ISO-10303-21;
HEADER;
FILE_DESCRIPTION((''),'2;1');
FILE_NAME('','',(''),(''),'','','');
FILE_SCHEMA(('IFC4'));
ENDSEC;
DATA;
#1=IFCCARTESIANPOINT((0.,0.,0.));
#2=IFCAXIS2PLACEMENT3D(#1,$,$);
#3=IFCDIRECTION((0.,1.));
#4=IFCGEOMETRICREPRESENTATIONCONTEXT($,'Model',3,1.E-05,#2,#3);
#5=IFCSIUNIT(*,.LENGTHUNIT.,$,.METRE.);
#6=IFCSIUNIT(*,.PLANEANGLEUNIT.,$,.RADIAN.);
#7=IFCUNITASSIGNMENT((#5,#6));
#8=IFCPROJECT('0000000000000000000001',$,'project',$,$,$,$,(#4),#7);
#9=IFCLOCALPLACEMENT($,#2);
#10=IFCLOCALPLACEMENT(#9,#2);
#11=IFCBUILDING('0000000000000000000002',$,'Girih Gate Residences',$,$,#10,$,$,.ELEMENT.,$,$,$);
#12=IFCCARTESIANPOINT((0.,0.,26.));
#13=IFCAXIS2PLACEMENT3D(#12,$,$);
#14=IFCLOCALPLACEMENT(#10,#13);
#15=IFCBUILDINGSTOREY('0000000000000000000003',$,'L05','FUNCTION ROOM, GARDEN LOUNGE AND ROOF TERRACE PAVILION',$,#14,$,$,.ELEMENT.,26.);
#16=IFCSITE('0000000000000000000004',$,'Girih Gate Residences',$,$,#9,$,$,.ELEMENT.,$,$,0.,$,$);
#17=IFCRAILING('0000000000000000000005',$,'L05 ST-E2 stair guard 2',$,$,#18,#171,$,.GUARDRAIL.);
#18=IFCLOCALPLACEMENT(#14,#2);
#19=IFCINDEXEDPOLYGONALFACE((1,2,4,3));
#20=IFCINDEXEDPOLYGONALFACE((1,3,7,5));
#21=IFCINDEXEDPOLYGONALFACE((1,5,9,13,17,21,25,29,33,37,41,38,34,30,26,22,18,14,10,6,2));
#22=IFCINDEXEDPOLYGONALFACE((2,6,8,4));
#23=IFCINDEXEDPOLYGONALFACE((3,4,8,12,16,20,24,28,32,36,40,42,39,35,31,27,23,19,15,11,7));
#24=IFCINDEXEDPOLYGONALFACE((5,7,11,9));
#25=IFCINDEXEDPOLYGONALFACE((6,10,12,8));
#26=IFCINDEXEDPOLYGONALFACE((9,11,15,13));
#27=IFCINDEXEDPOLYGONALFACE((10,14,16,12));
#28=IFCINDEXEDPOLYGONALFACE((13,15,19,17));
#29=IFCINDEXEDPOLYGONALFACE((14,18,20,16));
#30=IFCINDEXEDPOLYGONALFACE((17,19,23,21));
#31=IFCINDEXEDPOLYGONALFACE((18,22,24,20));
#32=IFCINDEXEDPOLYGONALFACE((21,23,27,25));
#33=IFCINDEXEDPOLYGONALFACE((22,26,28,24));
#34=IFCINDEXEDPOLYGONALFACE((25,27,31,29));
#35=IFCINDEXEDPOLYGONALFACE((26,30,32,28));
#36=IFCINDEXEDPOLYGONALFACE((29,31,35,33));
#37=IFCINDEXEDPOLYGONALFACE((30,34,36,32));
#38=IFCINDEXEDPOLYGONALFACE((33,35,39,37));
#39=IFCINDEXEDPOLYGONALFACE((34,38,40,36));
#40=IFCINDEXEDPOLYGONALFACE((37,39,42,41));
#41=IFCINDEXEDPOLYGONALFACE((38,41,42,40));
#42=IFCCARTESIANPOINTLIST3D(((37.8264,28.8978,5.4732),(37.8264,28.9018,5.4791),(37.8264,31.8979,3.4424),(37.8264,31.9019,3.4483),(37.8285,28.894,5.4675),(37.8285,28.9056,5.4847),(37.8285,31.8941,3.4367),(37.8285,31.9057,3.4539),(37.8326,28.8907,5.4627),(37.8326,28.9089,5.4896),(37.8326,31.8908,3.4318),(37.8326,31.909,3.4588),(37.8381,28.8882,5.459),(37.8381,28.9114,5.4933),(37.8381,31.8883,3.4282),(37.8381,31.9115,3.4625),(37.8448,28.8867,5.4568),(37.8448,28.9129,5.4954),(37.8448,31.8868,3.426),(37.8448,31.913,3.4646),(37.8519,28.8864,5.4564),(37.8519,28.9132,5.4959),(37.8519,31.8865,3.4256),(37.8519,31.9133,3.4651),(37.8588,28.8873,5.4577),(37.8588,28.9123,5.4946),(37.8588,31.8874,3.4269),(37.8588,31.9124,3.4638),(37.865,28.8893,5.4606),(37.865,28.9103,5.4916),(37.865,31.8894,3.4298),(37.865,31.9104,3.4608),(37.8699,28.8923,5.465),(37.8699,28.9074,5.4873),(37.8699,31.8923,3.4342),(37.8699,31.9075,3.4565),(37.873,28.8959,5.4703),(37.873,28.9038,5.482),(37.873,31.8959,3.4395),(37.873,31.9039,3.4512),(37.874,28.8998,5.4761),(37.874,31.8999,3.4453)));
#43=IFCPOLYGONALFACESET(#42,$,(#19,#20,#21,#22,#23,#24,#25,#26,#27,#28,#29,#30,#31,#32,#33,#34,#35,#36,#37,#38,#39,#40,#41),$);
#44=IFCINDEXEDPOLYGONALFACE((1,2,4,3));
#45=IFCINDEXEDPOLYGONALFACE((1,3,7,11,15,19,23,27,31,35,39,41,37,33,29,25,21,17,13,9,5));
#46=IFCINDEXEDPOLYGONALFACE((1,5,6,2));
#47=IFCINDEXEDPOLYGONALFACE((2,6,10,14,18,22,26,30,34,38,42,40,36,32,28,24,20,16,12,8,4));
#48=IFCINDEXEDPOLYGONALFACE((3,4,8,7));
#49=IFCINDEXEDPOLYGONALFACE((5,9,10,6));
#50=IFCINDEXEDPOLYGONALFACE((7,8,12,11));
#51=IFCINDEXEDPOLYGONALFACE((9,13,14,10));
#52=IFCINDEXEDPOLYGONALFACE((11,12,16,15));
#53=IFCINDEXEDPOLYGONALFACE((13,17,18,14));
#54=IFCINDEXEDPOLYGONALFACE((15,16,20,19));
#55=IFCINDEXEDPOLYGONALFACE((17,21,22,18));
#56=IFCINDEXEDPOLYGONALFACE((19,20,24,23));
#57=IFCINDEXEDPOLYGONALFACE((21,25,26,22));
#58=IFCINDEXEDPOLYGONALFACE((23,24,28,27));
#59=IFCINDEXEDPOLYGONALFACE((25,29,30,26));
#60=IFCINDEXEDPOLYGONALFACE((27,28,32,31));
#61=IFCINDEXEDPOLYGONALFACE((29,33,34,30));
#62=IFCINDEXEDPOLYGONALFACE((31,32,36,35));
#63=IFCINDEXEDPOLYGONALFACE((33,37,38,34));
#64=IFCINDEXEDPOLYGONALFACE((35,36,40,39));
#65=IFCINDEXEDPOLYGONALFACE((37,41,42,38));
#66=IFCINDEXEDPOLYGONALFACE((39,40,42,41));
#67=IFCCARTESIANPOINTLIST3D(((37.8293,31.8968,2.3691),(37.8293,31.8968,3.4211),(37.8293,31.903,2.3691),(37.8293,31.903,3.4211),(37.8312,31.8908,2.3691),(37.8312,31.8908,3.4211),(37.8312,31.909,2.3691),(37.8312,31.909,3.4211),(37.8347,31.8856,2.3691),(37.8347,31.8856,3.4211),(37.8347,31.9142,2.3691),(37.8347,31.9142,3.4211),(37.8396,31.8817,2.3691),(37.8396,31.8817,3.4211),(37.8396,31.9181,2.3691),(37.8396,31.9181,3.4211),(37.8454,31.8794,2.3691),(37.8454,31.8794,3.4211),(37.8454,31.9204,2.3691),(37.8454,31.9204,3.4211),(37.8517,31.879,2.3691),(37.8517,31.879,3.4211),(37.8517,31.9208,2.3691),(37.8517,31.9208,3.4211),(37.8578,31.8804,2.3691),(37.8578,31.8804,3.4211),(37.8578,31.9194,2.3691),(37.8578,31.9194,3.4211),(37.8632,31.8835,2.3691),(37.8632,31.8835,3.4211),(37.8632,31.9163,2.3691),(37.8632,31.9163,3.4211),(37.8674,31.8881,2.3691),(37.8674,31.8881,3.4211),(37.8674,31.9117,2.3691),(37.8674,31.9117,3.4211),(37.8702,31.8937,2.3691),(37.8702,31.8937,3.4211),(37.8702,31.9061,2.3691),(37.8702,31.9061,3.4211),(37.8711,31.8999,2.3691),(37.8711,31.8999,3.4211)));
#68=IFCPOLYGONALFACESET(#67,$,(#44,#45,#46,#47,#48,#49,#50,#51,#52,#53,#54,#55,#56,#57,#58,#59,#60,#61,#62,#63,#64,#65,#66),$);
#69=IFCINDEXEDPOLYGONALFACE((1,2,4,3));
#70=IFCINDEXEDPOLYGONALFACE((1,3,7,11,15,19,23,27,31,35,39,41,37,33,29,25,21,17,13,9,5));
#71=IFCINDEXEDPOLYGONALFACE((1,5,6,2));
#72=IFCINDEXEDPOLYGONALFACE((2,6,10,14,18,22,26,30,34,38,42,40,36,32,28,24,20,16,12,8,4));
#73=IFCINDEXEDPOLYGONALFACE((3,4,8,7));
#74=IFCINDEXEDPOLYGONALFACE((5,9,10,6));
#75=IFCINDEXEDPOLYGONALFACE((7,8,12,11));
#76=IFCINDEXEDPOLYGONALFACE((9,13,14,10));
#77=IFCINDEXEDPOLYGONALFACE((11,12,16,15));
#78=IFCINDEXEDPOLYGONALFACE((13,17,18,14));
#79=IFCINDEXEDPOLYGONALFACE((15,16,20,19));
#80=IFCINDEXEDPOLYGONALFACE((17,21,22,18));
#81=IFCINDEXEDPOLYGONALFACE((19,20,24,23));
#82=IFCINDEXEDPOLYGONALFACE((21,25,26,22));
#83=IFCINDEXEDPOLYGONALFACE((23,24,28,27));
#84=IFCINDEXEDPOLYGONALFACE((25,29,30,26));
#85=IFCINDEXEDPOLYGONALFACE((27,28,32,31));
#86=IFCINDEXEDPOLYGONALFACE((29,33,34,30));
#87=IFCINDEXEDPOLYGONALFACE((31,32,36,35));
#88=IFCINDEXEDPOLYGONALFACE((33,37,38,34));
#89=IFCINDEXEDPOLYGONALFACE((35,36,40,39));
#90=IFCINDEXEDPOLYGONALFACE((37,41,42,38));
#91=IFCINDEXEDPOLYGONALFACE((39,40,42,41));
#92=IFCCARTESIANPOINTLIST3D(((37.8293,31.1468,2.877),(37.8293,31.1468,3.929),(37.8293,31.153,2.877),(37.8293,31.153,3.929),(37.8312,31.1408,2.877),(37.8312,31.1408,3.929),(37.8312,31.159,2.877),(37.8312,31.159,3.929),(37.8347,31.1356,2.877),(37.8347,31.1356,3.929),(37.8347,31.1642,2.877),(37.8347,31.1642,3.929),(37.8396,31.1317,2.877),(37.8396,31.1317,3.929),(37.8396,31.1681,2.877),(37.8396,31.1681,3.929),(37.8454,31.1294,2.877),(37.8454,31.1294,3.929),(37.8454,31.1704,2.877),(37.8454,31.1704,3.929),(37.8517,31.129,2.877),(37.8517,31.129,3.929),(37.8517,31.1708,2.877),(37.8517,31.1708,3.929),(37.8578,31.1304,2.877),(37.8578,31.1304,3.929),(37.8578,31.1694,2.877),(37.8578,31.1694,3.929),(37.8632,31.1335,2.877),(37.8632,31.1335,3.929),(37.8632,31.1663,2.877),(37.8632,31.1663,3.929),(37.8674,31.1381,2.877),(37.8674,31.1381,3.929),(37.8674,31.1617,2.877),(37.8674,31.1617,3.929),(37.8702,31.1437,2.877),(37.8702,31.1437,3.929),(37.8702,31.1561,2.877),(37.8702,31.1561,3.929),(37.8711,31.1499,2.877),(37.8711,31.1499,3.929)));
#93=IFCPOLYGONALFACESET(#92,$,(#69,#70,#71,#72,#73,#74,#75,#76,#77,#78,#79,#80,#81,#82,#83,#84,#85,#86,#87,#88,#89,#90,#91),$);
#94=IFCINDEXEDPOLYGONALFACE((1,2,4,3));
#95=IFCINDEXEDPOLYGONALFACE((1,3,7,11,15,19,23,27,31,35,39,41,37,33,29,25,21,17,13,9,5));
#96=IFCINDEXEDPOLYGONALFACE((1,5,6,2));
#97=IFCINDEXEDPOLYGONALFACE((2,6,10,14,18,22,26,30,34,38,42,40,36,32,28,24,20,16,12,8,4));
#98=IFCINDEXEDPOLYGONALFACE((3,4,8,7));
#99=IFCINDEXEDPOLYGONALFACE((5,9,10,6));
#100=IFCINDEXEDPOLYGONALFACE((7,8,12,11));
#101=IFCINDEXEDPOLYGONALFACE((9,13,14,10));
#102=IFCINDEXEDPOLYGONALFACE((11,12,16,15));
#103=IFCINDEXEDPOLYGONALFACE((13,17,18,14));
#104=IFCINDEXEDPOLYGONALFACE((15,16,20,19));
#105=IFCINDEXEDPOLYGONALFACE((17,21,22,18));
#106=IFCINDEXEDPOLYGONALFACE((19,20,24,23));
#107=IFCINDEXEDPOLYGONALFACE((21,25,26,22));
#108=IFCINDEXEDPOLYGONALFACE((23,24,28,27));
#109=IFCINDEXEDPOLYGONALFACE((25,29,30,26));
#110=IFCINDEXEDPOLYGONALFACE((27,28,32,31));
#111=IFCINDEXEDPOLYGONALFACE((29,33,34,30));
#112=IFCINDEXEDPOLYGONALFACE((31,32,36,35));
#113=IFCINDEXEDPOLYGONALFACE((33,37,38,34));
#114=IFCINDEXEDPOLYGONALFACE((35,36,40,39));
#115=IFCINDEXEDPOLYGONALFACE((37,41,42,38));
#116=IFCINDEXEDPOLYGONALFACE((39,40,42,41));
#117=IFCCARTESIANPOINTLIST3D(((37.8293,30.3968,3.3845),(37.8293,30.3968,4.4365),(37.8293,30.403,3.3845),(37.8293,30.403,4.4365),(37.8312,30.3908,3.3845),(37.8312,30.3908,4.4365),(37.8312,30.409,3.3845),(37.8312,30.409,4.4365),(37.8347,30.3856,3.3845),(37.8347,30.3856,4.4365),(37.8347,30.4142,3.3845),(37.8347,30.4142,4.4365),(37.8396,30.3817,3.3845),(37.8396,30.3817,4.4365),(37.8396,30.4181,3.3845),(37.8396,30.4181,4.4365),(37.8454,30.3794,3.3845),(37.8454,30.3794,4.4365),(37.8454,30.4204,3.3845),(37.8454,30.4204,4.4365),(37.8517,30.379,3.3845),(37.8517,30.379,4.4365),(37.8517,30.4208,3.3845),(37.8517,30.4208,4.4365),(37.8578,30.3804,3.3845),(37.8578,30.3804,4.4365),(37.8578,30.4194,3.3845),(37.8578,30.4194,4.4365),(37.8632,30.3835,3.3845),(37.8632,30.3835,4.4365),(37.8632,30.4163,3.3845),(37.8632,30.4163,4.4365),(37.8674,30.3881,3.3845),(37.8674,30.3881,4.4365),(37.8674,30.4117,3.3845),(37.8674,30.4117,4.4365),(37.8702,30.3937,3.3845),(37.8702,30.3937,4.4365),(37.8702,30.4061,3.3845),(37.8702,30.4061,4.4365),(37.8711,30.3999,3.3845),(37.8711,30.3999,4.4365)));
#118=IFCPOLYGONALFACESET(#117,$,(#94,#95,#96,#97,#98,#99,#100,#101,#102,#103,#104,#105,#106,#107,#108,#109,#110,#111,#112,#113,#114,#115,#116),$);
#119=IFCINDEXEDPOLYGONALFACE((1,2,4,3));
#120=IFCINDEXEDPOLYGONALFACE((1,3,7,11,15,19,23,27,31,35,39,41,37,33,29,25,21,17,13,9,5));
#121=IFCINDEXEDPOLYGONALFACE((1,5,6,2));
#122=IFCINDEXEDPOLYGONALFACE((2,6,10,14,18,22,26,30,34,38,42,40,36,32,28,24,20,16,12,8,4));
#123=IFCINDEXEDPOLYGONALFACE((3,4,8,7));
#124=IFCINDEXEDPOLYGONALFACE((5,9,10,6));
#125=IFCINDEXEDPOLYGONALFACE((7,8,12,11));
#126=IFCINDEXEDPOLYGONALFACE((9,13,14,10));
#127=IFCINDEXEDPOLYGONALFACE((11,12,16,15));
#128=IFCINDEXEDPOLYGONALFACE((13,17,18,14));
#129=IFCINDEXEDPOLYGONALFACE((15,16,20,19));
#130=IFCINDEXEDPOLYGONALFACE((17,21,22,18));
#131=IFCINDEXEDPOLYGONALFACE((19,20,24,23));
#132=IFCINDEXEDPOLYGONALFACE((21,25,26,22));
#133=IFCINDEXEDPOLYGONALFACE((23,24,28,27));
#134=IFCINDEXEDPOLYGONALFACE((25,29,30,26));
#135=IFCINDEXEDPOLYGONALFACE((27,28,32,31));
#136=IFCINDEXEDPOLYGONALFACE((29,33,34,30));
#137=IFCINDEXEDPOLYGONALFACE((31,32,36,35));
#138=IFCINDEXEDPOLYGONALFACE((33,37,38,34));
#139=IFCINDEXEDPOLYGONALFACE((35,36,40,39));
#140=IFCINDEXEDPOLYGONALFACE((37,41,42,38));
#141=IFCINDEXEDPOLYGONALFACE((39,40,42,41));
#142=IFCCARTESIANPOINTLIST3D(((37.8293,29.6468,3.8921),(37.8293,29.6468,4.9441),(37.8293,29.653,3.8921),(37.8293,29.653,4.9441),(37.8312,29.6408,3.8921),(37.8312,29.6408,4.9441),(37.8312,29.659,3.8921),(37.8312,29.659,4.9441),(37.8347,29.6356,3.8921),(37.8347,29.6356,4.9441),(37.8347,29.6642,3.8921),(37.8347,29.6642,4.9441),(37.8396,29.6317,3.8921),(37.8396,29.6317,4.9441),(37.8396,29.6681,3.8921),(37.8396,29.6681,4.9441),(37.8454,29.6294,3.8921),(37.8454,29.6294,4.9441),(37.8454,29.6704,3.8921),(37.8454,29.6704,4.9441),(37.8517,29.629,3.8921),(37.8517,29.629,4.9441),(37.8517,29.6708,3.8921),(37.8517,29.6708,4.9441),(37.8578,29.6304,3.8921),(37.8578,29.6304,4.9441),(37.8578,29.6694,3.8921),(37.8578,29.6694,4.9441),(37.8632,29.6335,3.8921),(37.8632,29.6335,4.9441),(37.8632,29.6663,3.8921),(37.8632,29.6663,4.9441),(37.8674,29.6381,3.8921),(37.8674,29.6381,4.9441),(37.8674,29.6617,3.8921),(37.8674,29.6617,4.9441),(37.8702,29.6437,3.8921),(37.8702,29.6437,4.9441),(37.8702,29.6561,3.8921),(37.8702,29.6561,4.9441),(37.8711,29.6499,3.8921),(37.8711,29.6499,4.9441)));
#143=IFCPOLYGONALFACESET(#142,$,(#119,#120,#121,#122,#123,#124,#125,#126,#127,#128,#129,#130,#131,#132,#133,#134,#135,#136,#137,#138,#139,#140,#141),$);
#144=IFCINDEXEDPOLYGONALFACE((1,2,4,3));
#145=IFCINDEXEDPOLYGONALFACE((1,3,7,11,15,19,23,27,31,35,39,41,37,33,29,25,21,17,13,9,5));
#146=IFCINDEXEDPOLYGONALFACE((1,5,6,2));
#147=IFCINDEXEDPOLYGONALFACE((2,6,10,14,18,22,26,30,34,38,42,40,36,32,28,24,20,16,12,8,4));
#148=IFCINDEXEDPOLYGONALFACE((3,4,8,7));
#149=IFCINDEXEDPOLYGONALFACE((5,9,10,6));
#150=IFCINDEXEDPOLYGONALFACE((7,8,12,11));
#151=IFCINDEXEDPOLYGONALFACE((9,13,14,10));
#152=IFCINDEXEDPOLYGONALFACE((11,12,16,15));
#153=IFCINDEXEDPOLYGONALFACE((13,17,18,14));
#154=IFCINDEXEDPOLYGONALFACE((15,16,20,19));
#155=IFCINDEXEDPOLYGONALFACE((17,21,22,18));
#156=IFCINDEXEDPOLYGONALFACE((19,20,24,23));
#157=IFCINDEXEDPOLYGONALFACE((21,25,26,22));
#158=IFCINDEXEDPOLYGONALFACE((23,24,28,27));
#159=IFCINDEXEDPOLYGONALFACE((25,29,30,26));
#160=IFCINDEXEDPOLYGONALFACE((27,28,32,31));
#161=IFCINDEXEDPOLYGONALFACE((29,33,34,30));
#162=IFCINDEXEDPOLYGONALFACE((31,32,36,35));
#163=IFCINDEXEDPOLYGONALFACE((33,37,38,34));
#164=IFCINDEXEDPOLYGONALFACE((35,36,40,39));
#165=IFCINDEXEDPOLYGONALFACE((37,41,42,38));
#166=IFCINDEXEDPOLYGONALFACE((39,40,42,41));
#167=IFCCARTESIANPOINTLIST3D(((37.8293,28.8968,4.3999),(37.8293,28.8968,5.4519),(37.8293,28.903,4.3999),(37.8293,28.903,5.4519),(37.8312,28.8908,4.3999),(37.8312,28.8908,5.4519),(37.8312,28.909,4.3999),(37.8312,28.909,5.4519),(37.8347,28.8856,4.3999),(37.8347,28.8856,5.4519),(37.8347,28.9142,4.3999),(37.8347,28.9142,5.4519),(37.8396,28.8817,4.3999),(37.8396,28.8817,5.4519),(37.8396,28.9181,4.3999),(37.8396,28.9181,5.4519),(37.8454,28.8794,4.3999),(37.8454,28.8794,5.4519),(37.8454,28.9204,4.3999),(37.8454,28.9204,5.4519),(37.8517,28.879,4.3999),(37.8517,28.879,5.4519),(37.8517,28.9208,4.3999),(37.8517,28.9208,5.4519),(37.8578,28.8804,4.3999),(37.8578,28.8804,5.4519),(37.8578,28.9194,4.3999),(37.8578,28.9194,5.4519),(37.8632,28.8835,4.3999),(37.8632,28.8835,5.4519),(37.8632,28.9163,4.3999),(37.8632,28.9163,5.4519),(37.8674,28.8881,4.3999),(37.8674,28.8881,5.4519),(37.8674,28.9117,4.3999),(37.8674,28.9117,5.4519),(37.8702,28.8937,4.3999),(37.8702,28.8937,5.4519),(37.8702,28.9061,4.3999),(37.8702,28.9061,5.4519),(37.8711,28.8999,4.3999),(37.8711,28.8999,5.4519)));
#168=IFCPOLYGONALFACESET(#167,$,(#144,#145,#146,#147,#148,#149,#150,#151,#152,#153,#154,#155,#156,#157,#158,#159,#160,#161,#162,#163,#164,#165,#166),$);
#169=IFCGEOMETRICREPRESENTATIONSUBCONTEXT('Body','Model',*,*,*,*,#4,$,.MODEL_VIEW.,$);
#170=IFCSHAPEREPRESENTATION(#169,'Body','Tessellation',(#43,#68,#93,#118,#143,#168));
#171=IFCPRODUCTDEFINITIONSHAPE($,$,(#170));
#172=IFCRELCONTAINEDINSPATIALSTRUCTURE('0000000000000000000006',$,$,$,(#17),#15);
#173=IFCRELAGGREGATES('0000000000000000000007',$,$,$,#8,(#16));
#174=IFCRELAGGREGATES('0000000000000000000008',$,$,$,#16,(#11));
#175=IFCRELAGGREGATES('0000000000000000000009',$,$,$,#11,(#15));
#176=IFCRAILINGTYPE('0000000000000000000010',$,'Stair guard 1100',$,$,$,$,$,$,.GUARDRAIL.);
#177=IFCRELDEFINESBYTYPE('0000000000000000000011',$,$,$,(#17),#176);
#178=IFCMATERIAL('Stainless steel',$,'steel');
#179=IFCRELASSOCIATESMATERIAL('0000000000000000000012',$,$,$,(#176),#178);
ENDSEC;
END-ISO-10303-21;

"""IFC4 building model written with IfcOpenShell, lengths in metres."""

from ifc_helpers import new_model, si_unit, direction, frame, origin, origin_2d, place, context, subcontext, project, spatial, circle, extrude, material, type_object, element, save


model = new_model("IFC4")

# Units and contexts
model_context = context("Model", 3, precision=1e-05, world=origin(), true_north=direction((0.0, 1.0)))
body_context = subcontext(model_context, "Body", "Model", "MODEL_VIEW")
ifc_project = project(units=[si_unit("LENGTHUNIT", "METRE"), si_unit("PLANEANGLEUNIT", "RADIAN")], contexts=[model_context])

# Site, building, storey
site_placement = place(None, origin())
site = spatial("IfcSite", under=ifc_project, at=site_placement, Name="Girih Gate Residences", CompositionType="ELEMENT", RefElevation=0.0)
building_placement = place(site_placement, origin())
building = spatial("IfcBuilding", under=site, at=building_placement, Name="Girih Gate Residences", CompositionType="ELEMENT")
storey_placement = place(building_placement, frame((0.0, 0.0, 26.0)))
storey = spatial("IfcBuildingStorey", under=building, at=storey_placement, Name="L05", Description="FUNCTION ROOM, GARDEN LOUNGE AND ROOF TERRACE PAVILION", CompositionType="ELEMENT", Elevation=26.0)

# Shared definitions
ifc_material_1 = material(Name="Stainless steel", Category="steel")

# Railing
railing_type_1 = type_object("IfcRailingType", Name="Stair guard 1100", PredefinedType="GUARDRAIL", material=ifc_material_1)
for number, where, name in (
    (1, (37.8501, 31.8999, 2.3691), "L05 ST-E2 stair guard 2"),
):
    element("IfcRailing", number, at=place(storey_placement, frame(where)), inside=storey, type_object=railing_type_1, Name=name, PredefinedType="GUARDRAIL", context=body_context, shape_type="SweptSolid", body=[
        extrude(circle(Radius=0.0239, at=origin_2d()), frame((0.0, 0.0, 1.0762), z_axis=(0.0, -0.82811, 0.560565), x_axis=(1.0, 0.0, 0.0)), (0.0, 0.0, 1.0), 3.6228),
        extrude(circle(Radius=0.021, at=origin_2d()), origin(), (0.0, 0.0, 1.0), 1.052),
        extrude(circle(Radius=0.021, at=origin_2d()), frame((0.0, -0.75, 0.5078)), (0.0, 0.0, 1.0), 1.052),
        extrude(circle(Radius=0.021, at=origin_2d()), frame((0.0, -1.5, 1.0154)), (0.0, 0.0, 1.0), 1.052),
        extrude(circle(Radius=0.021, at=origin_2d()), frame((0.0, -2.25, 1.5229)), (0.0, 0.0, 1.0), 1.052),
        extrude(circle(Radius=0.021, at=origin_2d()), frame((0.0, -3.0, 2.0308)), (0.0, 0.0, 1.0), 1.052),
    ])

save(model, "model.ifc")
